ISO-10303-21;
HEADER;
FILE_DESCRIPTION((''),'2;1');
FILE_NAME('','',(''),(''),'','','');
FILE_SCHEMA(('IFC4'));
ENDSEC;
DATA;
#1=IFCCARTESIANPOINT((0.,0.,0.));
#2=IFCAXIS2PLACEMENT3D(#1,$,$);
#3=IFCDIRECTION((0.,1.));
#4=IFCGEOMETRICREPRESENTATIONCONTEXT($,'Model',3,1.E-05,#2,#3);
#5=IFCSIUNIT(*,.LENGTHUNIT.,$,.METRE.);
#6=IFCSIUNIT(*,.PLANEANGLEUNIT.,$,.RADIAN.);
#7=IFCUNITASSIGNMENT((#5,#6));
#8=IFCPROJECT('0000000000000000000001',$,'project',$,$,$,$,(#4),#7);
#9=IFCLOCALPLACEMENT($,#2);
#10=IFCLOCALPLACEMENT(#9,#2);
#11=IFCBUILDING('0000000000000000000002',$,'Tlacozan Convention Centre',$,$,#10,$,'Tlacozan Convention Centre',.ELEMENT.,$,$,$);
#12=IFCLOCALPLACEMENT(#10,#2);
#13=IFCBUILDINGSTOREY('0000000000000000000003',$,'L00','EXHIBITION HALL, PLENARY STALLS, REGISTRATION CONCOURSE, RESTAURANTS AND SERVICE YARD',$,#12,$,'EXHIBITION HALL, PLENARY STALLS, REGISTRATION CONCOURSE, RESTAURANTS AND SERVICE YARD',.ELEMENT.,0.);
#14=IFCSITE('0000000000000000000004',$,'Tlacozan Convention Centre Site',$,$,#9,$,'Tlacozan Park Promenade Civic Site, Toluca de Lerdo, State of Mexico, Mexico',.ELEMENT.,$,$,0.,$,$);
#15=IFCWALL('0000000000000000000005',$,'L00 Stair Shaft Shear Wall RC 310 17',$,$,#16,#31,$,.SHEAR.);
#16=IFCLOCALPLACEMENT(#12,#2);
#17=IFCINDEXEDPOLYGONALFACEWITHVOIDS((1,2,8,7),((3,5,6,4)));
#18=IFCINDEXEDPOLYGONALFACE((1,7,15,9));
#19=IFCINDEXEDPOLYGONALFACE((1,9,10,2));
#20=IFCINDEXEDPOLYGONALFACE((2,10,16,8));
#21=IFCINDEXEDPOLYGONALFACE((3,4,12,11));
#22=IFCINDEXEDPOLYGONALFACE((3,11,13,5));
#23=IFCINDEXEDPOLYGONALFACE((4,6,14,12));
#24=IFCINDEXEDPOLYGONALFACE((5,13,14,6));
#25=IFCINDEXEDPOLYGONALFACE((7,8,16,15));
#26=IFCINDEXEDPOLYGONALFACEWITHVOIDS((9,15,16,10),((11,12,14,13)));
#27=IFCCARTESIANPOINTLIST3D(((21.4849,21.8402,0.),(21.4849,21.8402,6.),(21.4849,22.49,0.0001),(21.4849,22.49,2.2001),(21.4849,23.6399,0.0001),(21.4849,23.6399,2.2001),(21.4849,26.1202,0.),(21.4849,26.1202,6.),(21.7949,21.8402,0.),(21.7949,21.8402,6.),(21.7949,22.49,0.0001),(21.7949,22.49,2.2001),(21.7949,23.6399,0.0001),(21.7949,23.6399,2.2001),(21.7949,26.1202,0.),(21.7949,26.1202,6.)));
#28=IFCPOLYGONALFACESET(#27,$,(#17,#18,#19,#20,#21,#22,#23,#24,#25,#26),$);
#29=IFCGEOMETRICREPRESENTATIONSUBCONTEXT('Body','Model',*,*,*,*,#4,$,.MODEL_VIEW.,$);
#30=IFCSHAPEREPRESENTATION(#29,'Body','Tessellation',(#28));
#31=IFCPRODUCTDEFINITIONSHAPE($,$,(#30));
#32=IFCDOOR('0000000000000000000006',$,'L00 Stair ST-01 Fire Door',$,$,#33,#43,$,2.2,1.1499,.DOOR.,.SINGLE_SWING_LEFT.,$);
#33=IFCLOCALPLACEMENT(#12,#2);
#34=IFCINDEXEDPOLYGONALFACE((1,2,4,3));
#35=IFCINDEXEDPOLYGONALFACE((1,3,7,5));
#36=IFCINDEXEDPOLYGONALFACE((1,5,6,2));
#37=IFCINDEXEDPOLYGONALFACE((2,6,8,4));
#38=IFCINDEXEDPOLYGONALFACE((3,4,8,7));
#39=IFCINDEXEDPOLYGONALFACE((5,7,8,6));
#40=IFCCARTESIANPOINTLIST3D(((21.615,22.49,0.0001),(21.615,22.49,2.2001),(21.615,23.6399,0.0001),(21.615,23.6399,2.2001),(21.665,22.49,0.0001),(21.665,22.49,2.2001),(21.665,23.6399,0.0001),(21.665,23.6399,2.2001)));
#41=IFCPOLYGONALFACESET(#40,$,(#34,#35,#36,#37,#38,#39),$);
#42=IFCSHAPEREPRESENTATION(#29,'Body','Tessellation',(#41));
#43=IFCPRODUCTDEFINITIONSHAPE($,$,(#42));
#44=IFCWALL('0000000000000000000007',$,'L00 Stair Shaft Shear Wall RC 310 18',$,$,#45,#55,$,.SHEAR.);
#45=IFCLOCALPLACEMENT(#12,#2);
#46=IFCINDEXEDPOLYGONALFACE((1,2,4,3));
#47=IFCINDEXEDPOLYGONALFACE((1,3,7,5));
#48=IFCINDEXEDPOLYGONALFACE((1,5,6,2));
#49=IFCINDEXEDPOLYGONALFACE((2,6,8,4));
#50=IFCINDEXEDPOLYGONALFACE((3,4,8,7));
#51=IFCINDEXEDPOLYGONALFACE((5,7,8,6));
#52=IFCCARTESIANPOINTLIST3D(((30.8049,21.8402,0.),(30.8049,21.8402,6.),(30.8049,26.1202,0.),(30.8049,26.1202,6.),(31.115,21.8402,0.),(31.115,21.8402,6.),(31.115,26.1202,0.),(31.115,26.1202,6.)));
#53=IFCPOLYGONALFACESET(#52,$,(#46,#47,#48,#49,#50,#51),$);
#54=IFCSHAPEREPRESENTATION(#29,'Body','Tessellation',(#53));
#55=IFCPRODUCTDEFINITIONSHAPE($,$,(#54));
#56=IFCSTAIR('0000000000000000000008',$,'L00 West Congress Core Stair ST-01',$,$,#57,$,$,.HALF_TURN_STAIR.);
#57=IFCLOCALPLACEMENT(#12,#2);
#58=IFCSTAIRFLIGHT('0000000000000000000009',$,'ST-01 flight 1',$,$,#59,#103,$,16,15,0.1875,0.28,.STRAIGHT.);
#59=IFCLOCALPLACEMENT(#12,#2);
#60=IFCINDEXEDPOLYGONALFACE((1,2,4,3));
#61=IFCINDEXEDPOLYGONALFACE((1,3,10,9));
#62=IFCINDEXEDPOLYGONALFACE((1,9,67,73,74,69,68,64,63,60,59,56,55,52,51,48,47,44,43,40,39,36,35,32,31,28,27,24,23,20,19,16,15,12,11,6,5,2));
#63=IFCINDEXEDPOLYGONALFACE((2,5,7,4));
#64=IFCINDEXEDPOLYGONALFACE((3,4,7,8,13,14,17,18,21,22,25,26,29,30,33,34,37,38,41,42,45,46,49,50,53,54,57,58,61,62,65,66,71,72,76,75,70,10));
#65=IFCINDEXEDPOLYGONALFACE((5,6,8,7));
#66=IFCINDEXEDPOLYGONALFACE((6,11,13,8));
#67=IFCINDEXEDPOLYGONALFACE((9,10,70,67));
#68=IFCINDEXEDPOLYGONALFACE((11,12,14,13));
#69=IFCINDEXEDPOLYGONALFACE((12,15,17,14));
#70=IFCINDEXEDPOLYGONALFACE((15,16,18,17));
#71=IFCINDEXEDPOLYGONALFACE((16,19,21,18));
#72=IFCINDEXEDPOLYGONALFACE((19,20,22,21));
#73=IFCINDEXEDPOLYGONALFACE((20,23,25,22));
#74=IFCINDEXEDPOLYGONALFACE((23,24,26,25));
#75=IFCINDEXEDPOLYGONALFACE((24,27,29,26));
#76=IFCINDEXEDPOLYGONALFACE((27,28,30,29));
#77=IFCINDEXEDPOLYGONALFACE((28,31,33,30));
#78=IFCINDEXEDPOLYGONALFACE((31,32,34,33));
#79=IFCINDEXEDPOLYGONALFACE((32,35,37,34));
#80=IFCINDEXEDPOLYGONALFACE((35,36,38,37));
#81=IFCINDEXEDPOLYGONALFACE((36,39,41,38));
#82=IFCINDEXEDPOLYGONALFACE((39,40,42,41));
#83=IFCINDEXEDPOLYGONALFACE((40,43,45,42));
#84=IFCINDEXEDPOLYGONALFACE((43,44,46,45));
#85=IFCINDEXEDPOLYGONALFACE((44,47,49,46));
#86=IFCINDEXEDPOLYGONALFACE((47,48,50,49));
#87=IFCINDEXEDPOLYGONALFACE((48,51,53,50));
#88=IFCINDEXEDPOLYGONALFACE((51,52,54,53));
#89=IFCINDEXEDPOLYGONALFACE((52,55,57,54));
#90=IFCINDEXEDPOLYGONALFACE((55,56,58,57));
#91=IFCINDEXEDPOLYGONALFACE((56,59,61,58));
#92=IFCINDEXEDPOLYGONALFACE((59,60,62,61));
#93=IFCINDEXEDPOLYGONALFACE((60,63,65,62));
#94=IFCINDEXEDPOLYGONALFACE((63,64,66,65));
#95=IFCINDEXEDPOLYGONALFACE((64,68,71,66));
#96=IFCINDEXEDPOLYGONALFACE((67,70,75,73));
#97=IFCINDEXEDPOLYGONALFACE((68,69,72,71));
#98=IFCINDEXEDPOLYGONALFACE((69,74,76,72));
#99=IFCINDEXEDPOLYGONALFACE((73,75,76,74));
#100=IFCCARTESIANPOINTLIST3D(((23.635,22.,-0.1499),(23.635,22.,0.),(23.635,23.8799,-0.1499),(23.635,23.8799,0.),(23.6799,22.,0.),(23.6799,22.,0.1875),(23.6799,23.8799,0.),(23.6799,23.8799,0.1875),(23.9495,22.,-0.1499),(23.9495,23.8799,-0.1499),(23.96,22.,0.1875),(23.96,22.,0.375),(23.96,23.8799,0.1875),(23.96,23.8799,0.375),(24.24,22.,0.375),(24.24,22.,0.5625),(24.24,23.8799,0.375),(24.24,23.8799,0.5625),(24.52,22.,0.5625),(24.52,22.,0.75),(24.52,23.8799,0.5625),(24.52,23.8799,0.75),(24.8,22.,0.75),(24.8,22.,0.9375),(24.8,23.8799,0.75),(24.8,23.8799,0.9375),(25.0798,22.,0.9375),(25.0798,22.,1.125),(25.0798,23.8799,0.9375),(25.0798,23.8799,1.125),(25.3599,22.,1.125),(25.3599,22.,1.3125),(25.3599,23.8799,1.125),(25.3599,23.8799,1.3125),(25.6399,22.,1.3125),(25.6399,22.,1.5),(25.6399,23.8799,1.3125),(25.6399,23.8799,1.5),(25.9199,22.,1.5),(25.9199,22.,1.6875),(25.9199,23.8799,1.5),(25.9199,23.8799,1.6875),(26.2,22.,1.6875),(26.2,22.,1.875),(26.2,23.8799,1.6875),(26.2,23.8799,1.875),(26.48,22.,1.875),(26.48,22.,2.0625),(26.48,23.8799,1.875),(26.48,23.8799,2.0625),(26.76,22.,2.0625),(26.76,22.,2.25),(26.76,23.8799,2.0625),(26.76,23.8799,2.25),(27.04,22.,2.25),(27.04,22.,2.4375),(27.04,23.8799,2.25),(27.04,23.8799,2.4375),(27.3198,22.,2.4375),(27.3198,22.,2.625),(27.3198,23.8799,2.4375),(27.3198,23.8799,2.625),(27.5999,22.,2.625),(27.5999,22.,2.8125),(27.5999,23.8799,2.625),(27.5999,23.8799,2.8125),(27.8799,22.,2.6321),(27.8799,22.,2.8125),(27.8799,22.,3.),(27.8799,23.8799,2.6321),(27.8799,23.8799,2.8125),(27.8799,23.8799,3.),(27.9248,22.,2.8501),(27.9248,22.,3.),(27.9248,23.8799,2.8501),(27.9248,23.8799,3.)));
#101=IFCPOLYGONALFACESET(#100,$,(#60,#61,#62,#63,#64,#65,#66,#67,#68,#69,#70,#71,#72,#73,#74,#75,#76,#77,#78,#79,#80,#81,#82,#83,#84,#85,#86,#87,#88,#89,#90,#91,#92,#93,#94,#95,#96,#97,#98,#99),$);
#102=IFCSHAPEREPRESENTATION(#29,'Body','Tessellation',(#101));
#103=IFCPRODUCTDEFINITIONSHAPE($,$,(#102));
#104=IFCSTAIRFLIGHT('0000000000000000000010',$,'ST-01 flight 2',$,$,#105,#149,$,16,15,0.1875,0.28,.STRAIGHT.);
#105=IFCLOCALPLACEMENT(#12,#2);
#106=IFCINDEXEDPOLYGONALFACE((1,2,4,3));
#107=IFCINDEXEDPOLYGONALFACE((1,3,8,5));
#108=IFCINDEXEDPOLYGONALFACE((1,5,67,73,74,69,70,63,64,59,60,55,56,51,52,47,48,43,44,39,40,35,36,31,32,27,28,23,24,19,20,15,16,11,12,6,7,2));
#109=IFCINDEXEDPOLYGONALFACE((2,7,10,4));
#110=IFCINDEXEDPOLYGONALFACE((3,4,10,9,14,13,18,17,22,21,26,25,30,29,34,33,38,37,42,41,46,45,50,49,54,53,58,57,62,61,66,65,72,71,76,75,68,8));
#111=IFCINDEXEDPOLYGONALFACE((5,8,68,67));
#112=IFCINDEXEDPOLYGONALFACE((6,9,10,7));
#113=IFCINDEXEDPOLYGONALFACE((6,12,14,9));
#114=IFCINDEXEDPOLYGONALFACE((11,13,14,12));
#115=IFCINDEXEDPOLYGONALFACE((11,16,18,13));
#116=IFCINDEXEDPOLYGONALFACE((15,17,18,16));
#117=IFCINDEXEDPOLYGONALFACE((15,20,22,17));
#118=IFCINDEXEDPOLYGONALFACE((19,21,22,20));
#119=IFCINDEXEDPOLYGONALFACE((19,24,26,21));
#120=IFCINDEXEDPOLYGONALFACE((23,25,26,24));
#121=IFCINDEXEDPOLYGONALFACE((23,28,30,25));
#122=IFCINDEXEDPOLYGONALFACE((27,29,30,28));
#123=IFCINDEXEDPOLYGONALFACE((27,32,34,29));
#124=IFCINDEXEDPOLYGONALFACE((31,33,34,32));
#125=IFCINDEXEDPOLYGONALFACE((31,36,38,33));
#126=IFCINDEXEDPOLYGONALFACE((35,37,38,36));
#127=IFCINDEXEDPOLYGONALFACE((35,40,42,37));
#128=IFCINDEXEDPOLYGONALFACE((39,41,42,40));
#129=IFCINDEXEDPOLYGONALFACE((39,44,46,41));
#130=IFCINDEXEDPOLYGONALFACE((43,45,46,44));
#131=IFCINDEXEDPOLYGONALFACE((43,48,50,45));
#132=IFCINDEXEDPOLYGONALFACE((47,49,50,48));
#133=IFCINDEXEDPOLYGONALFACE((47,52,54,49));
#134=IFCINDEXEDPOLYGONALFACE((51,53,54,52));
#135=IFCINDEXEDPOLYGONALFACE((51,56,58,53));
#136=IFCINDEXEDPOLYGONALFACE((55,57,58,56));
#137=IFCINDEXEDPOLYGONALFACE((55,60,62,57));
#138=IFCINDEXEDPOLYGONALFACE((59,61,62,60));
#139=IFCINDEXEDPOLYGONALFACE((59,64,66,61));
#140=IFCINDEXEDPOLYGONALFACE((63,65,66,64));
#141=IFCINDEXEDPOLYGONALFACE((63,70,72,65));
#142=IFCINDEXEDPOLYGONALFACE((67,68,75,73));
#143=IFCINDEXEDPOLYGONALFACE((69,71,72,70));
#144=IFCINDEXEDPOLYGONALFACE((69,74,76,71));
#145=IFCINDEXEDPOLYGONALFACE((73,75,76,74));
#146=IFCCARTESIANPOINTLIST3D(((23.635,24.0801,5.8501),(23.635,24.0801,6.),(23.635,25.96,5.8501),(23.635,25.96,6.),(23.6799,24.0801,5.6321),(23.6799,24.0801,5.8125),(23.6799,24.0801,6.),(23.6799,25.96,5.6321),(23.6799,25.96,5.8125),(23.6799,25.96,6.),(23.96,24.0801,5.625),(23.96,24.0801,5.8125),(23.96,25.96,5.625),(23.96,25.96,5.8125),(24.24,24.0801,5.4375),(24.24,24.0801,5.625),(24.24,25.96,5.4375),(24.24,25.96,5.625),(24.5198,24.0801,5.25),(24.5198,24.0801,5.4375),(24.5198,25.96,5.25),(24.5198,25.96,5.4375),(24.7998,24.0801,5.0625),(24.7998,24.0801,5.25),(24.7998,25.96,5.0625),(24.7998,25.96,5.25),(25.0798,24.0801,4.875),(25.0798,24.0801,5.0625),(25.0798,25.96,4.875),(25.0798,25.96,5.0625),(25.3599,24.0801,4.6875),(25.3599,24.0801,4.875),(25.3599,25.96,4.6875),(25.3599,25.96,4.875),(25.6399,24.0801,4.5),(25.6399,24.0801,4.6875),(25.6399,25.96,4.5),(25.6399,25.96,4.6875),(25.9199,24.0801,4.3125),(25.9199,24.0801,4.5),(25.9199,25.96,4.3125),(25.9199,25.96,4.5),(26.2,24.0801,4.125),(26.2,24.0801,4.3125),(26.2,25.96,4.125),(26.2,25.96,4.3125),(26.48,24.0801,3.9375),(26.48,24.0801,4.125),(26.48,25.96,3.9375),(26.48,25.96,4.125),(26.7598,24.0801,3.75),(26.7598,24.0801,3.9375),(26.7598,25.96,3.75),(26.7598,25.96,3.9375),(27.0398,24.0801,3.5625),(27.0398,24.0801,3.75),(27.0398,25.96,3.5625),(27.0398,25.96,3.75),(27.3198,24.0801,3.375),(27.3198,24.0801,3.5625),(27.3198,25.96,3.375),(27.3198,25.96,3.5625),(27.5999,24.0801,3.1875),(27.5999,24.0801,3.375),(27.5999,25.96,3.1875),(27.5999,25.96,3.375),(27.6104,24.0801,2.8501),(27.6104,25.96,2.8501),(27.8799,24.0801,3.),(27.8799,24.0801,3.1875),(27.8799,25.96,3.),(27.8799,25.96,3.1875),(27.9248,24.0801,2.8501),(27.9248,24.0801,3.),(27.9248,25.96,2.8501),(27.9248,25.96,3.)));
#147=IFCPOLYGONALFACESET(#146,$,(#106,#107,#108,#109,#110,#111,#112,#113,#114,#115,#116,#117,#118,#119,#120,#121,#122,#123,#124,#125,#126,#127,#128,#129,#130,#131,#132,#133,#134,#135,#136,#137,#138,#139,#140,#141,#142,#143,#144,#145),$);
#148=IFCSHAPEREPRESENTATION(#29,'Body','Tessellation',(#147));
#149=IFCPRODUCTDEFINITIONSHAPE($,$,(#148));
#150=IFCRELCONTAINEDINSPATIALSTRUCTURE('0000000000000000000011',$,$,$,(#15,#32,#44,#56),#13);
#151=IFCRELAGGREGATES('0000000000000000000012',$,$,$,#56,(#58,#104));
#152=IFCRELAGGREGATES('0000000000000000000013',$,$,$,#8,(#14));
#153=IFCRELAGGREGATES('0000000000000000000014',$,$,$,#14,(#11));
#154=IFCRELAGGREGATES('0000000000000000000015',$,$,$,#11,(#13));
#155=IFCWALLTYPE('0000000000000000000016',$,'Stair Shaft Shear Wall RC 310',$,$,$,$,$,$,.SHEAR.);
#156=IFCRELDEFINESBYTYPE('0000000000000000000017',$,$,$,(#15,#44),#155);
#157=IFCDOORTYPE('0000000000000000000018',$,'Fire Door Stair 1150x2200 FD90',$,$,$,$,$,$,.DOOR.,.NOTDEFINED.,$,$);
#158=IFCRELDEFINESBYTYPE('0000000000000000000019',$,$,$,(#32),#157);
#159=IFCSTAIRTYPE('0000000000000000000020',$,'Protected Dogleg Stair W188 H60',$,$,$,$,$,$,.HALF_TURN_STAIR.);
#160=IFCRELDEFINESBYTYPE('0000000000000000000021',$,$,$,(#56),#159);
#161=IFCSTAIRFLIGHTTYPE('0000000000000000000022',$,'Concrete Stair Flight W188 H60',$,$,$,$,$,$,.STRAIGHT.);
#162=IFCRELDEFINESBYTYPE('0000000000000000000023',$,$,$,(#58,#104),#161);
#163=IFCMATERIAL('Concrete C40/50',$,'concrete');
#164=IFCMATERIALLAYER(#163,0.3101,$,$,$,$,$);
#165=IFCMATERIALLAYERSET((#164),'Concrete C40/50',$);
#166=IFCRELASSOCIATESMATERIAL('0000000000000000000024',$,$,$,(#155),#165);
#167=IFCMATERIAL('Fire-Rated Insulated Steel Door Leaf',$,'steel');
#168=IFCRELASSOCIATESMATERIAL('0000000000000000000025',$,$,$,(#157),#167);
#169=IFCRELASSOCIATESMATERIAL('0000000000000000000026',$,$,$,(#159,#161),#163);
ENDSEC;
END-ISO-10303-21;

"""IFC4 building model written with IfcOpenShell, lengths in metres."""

from ifc_helpers import new_model, si_unit, direction, frame, frame_2d, origin, place, context, subcontext, project, spatial, polyline, rectangle, outline, extrude, material, layer, layer_set, type_object, element, fill, aggregate, save


model = new_model("IFC4")

# Units and contexts
model_context = context("Model", 3, precision=1e-05, world=origin(), true_north=direction((0.0, 1.0)))
body_context = subcontext(model_context, "Body", "Model", "MODEL_VIEW")
ifc_project = project(units=[si_unit("LENGTHUNIT", "METRE"), si_unit("PLANEANGLEUNIT", "RADIAN")], contexts=[model_context])

# Site, building, storey
site_placement = place(None, origin())
site = spatial("IfcSite", under=ifc_project, at=site_placement, Name="Tlacozan Convention Centre Site", LongName="Tlacozan Park Promenade Civic Site, Toluca de Lerdo, State of Mexico, Mexico", CompositionType="ELEMENT", RefElevation=0.0)
building_placement = place(site_placement, origin())
building = spatial("IfcBuilding", under=site, at=building_placement, Name="Tlacozan Convention Centre", LongName="Tlacozan Convention Centre", CompositionType="ELEMENT")
storey_placement = place(building_placement, origin())
storey = spatial("IfcBuildingStorey", under=building, at=storey_placement, Name="L00", Description="EXHIBITION HALL, PLENARY STALLS, REGISTRATION CONCOURSE, RESTAURANTS AND SERVICE YARD", LongName="EXHIBITION HALL, PLENARY STALLS, REGISTRATION CONCOURSE, RESTAURANTS AND SERVICE YARD", CompositionType="ELEMENT", Elevation=0.0)

# Shared definitions
ifc_material_1 = material(Name="Concrete C40/50", Category="concrete")

# Shared definitions
ifc_material_2 = material(Name="Fire-Rated Insulated Steel Door Leaf", Category="steel")

# Shared definitions
ifc_layer_1 = layer(ifc_material_1, 0.3101)
ifc_layer_set_1 = layer_set([ifc_layer_1], Name="Concrete C40/50")
wall_type_1 = type_object("IfcWallType", Name="Stair Shaft Shear Wall RC 310", PredefinedType="SHEAR", material=ifc_layer_set_1)

# Wall, opening, door
wall_1_placement = place(storey_placement, frame((21.6399, 21.8401, 0.0), z_axis=(0.0, 0.0, 1.0), x_axis=(0.0, 1.0, 0.0)))
wall_1 = element("IfcWall", 1, at=wall_1_placement, inside=storey, type_object=wall_type_1, Name="L00 Stair Shaft Shear Wall RC 310 17", PredefinedType="SHEAR", context=body_context, shape_type="SweptSolid", body=[
    extrude(rectangle(XDim=4.28, YDim=0.3101, at=frame_2d((2.1401, 0.0))), origin(), (0.0, 0.0, 1.0), 6.0),
])
opening_1_placement = place(wall_1_placement, frame((0.6499, 0.0, 0.0)))
opening_1 = element("IfcOpeningElement", 2, at=opening_1_placement, cuts=wall_1, PredefinedType="OPENING", context=body_context, shape_type="SweptSolid", body=[
    extrude(rectangle(XDim=1.1499, YDim=2.2, at=frame_2d((0.575, 1.1001))), frame((0.0, 0.165, 0.0), z_axis=(0.0, -1.0, 0.0), x_axis=(1.0, 0.0, 0.0)), (0.0, 0.0, 1.0), 0.3301),
])
door_type_1 = type_object("IfcDoorType", Name="Fire Door Stair 1150x2200 FD90", OperationType="NOTDEFINED", PredefinedType="DOOR", material=ifc_material_2)
door_1_placement = place(opening_1_placement, origin())
door_1 = element("IfcDoor", 3, at=door_1_placement, inside=storey, type_object=door_type_1, Name="L00 Stair ST-01 Fire Door", OperationType="SINGLE_SWING_LEFT", OverallHeight=2.2, OverallWidth=1.1499, PredefinedType="DOOR", context=body_context, shape_type="SweptSolid", body=[
    extrude(rectangle(XDim=1.1499, YDim=2.2, at=frame_2d((0.575, 1.1001))), frame((0.0, 0.0249, 0.0), z_axis=(0.0, -1.0, 0.0), x_axis=(1.0, 0.0, 0.0)), (0.0, 0.0, 1.0), 0.05),
])
fill(opening_1, door_1)

# Wall
wall_2_placement = place(storey_placement, frame((30.96, 21.8401, 0.0), z_axis=(0.0, 0.0, 1.0), x_axis=(0.0, 1.0, 0.0)))
element("IfcWall", 4, at=wall_2_placement, inside=storey, type_object=wall_type_1, Name="L00 Stair Shaft Shear Wall RC 310 18", PredefinedType="SHEAR", context=body_context, shape_type="SweptSolid", body=[
    extrude(rectangle(XDim=4.28, YDim=0.3101, at=frame_2d((2.1401, 0.0))), origin(), (0.0, 0.0, 1.0), 6.0),
])

# Stair, stair flights
stair_type = type_object("IfcStairType", Name="Protected Dogleg Stair W188 H60", PredefinedType="HALF_TURN_STAIR", material=ifc_material_1)
stair_placement = place(storey_placement, origin())
stair = element("IfcStair", 5, at=stair_placement, inside=storey, type_object=stair_type, Name="L00 West Congress Core Stair ST-01", PredefinedType="HALF_TURN_STAIR")
stair_flight_type = type_object("IfcStairFlightType", Name="Concrete Stair Flight W188 H60", PredefinedType="STRAIGHT", material=ifc_material_1)
stair_flight_1_placement = place(storey_placement, frame((23.6799, 22.9399, 0.0), z_axis=(0.0, 0.0, 1.0), x_axis=(1.0, 0.0, 0.0)))
stair_flight_1 = element("IfcStairFlight", 6, at=stair_flight_1_placement, type_object=stair_flight_type, Name="ST-01 flight 1", NumberOfRisers=16, NumberOfTreads=15, PredefinedType="STRAIGHT", RiserHeight=0.1875, TreadLength=0.28, context=body_context, shape_type="SweptSolid", body=[
    extrude(outline(polyline([(-0.0449, -0.1499), (-0.0449, 0.0), (0.0, 0.0), (0.0, 0.1875), (0.28, 0.1875), (0.28, 0.375), (0.5601, 0.375), (0.5601, 0.5625), (0.8401, 0.5625), (0.8401, 0.75), (1.1201, 0.75), (1.1201, 0.9375), (1.3999, 0.9375), (1.3999, 1.125), (1.6799, 1.125), (1.6799, 1.3125), (1.96, 1.3125), (1.96, 1.5), (2.24, 1.5), (2.24, 1.6875), (2.52, 1.6875), (2.52, 1.875), (2.8, 1.875), (2.8, 2.0625), (3.0801, 2.0625), (3.0801, 2.25), (3.3601, 2.25), (3.3601, 2.4375), (3.6399, 2.4375), (3.6399, 2.625), (3.9199, 2.625), (3.9199, 2.8125), (4.2, 2.8125), (4.2, 3.0), (4.2449, 3.0), (4.2449, 2.8501), (4.2, 2.6321), (0.2695, -0.1499), (-0.0449, -0.1499)])), frame((0.0, 0.9399, 0.0), z_axis=(0.0, -1.0, 0.0), x_axis=(1.0, 0.0, 0.0)), (0.0, 0.0, 1.0), 1.8799),
])
stair_flight_2_placement = place(storey_placement, frame((27.8799, 25.02, 3.0), z_axis=(0.0, 0.0, 1.0), x_axis=(-1.0, 0.0, 0.0)))
stair_flight_2 = element("IfcStairFlight", 7, at=stair_flight_2_placement, type_object=stair_flight_type, Name="ST-01 flight 2", NumberOfRisers=16, NumberOfTreads=15, PredefinedType="STRAIGHT", RiserHeight=0.1875, TreadLength=0.28, context=body_context, shape_type="SweptSolid", body=[
    extrude(outline(polyline([(-0.0449, -0.1499), (-0.0449, 0.0), (0.0, 0.0), (0.0, 0.1875), (0.28, 0.1875), (0.28, 0.375), (0.5601, 0.375), (0.5601, 0.5625), (0.8401, 0.5625), (0.8401, 0.75), (1.1201, 0.75), (1.1201, 0.9375), (1.3999, 0.9375), (1.3999, 1.125), (1.6799, 1.125), (1.6799, 1.3125), (1.96, 1.3125), (1.96, 1.5), (2.24, 1.5), (2.24, 1.6875), (2.52, 1.6875), (2.52, 1.875), (2.8, 1.875), (2.8, 2.0625), (3.0801, 2.0625), (3.0801, 2.25), (3.3601, 2.25), (3.3601, 2.4375), (3.6399, 2.4375), (3.6399, 2.625), (3.9199, 2.625), (3.9199, 2.8125), (4.2, 2.8125), (4.2, 3.0), (4.2449, 3.0), (4.2449, 2.8501), (4.2, 2.6321), (0.2695, -0.1499), (-0.0449, -0.1499)])), frame((0.0, 0.9399, 0.0), z_axis=(0.0, -1.0, 0.0), x_axis=(1.0, 0.0, 0.0)), (0.0, 0.0, 1.0), 1.8799),
])
aggregate(stair, [stair_flight_1, stair_flight_2])

save(model, "model.ifc")
